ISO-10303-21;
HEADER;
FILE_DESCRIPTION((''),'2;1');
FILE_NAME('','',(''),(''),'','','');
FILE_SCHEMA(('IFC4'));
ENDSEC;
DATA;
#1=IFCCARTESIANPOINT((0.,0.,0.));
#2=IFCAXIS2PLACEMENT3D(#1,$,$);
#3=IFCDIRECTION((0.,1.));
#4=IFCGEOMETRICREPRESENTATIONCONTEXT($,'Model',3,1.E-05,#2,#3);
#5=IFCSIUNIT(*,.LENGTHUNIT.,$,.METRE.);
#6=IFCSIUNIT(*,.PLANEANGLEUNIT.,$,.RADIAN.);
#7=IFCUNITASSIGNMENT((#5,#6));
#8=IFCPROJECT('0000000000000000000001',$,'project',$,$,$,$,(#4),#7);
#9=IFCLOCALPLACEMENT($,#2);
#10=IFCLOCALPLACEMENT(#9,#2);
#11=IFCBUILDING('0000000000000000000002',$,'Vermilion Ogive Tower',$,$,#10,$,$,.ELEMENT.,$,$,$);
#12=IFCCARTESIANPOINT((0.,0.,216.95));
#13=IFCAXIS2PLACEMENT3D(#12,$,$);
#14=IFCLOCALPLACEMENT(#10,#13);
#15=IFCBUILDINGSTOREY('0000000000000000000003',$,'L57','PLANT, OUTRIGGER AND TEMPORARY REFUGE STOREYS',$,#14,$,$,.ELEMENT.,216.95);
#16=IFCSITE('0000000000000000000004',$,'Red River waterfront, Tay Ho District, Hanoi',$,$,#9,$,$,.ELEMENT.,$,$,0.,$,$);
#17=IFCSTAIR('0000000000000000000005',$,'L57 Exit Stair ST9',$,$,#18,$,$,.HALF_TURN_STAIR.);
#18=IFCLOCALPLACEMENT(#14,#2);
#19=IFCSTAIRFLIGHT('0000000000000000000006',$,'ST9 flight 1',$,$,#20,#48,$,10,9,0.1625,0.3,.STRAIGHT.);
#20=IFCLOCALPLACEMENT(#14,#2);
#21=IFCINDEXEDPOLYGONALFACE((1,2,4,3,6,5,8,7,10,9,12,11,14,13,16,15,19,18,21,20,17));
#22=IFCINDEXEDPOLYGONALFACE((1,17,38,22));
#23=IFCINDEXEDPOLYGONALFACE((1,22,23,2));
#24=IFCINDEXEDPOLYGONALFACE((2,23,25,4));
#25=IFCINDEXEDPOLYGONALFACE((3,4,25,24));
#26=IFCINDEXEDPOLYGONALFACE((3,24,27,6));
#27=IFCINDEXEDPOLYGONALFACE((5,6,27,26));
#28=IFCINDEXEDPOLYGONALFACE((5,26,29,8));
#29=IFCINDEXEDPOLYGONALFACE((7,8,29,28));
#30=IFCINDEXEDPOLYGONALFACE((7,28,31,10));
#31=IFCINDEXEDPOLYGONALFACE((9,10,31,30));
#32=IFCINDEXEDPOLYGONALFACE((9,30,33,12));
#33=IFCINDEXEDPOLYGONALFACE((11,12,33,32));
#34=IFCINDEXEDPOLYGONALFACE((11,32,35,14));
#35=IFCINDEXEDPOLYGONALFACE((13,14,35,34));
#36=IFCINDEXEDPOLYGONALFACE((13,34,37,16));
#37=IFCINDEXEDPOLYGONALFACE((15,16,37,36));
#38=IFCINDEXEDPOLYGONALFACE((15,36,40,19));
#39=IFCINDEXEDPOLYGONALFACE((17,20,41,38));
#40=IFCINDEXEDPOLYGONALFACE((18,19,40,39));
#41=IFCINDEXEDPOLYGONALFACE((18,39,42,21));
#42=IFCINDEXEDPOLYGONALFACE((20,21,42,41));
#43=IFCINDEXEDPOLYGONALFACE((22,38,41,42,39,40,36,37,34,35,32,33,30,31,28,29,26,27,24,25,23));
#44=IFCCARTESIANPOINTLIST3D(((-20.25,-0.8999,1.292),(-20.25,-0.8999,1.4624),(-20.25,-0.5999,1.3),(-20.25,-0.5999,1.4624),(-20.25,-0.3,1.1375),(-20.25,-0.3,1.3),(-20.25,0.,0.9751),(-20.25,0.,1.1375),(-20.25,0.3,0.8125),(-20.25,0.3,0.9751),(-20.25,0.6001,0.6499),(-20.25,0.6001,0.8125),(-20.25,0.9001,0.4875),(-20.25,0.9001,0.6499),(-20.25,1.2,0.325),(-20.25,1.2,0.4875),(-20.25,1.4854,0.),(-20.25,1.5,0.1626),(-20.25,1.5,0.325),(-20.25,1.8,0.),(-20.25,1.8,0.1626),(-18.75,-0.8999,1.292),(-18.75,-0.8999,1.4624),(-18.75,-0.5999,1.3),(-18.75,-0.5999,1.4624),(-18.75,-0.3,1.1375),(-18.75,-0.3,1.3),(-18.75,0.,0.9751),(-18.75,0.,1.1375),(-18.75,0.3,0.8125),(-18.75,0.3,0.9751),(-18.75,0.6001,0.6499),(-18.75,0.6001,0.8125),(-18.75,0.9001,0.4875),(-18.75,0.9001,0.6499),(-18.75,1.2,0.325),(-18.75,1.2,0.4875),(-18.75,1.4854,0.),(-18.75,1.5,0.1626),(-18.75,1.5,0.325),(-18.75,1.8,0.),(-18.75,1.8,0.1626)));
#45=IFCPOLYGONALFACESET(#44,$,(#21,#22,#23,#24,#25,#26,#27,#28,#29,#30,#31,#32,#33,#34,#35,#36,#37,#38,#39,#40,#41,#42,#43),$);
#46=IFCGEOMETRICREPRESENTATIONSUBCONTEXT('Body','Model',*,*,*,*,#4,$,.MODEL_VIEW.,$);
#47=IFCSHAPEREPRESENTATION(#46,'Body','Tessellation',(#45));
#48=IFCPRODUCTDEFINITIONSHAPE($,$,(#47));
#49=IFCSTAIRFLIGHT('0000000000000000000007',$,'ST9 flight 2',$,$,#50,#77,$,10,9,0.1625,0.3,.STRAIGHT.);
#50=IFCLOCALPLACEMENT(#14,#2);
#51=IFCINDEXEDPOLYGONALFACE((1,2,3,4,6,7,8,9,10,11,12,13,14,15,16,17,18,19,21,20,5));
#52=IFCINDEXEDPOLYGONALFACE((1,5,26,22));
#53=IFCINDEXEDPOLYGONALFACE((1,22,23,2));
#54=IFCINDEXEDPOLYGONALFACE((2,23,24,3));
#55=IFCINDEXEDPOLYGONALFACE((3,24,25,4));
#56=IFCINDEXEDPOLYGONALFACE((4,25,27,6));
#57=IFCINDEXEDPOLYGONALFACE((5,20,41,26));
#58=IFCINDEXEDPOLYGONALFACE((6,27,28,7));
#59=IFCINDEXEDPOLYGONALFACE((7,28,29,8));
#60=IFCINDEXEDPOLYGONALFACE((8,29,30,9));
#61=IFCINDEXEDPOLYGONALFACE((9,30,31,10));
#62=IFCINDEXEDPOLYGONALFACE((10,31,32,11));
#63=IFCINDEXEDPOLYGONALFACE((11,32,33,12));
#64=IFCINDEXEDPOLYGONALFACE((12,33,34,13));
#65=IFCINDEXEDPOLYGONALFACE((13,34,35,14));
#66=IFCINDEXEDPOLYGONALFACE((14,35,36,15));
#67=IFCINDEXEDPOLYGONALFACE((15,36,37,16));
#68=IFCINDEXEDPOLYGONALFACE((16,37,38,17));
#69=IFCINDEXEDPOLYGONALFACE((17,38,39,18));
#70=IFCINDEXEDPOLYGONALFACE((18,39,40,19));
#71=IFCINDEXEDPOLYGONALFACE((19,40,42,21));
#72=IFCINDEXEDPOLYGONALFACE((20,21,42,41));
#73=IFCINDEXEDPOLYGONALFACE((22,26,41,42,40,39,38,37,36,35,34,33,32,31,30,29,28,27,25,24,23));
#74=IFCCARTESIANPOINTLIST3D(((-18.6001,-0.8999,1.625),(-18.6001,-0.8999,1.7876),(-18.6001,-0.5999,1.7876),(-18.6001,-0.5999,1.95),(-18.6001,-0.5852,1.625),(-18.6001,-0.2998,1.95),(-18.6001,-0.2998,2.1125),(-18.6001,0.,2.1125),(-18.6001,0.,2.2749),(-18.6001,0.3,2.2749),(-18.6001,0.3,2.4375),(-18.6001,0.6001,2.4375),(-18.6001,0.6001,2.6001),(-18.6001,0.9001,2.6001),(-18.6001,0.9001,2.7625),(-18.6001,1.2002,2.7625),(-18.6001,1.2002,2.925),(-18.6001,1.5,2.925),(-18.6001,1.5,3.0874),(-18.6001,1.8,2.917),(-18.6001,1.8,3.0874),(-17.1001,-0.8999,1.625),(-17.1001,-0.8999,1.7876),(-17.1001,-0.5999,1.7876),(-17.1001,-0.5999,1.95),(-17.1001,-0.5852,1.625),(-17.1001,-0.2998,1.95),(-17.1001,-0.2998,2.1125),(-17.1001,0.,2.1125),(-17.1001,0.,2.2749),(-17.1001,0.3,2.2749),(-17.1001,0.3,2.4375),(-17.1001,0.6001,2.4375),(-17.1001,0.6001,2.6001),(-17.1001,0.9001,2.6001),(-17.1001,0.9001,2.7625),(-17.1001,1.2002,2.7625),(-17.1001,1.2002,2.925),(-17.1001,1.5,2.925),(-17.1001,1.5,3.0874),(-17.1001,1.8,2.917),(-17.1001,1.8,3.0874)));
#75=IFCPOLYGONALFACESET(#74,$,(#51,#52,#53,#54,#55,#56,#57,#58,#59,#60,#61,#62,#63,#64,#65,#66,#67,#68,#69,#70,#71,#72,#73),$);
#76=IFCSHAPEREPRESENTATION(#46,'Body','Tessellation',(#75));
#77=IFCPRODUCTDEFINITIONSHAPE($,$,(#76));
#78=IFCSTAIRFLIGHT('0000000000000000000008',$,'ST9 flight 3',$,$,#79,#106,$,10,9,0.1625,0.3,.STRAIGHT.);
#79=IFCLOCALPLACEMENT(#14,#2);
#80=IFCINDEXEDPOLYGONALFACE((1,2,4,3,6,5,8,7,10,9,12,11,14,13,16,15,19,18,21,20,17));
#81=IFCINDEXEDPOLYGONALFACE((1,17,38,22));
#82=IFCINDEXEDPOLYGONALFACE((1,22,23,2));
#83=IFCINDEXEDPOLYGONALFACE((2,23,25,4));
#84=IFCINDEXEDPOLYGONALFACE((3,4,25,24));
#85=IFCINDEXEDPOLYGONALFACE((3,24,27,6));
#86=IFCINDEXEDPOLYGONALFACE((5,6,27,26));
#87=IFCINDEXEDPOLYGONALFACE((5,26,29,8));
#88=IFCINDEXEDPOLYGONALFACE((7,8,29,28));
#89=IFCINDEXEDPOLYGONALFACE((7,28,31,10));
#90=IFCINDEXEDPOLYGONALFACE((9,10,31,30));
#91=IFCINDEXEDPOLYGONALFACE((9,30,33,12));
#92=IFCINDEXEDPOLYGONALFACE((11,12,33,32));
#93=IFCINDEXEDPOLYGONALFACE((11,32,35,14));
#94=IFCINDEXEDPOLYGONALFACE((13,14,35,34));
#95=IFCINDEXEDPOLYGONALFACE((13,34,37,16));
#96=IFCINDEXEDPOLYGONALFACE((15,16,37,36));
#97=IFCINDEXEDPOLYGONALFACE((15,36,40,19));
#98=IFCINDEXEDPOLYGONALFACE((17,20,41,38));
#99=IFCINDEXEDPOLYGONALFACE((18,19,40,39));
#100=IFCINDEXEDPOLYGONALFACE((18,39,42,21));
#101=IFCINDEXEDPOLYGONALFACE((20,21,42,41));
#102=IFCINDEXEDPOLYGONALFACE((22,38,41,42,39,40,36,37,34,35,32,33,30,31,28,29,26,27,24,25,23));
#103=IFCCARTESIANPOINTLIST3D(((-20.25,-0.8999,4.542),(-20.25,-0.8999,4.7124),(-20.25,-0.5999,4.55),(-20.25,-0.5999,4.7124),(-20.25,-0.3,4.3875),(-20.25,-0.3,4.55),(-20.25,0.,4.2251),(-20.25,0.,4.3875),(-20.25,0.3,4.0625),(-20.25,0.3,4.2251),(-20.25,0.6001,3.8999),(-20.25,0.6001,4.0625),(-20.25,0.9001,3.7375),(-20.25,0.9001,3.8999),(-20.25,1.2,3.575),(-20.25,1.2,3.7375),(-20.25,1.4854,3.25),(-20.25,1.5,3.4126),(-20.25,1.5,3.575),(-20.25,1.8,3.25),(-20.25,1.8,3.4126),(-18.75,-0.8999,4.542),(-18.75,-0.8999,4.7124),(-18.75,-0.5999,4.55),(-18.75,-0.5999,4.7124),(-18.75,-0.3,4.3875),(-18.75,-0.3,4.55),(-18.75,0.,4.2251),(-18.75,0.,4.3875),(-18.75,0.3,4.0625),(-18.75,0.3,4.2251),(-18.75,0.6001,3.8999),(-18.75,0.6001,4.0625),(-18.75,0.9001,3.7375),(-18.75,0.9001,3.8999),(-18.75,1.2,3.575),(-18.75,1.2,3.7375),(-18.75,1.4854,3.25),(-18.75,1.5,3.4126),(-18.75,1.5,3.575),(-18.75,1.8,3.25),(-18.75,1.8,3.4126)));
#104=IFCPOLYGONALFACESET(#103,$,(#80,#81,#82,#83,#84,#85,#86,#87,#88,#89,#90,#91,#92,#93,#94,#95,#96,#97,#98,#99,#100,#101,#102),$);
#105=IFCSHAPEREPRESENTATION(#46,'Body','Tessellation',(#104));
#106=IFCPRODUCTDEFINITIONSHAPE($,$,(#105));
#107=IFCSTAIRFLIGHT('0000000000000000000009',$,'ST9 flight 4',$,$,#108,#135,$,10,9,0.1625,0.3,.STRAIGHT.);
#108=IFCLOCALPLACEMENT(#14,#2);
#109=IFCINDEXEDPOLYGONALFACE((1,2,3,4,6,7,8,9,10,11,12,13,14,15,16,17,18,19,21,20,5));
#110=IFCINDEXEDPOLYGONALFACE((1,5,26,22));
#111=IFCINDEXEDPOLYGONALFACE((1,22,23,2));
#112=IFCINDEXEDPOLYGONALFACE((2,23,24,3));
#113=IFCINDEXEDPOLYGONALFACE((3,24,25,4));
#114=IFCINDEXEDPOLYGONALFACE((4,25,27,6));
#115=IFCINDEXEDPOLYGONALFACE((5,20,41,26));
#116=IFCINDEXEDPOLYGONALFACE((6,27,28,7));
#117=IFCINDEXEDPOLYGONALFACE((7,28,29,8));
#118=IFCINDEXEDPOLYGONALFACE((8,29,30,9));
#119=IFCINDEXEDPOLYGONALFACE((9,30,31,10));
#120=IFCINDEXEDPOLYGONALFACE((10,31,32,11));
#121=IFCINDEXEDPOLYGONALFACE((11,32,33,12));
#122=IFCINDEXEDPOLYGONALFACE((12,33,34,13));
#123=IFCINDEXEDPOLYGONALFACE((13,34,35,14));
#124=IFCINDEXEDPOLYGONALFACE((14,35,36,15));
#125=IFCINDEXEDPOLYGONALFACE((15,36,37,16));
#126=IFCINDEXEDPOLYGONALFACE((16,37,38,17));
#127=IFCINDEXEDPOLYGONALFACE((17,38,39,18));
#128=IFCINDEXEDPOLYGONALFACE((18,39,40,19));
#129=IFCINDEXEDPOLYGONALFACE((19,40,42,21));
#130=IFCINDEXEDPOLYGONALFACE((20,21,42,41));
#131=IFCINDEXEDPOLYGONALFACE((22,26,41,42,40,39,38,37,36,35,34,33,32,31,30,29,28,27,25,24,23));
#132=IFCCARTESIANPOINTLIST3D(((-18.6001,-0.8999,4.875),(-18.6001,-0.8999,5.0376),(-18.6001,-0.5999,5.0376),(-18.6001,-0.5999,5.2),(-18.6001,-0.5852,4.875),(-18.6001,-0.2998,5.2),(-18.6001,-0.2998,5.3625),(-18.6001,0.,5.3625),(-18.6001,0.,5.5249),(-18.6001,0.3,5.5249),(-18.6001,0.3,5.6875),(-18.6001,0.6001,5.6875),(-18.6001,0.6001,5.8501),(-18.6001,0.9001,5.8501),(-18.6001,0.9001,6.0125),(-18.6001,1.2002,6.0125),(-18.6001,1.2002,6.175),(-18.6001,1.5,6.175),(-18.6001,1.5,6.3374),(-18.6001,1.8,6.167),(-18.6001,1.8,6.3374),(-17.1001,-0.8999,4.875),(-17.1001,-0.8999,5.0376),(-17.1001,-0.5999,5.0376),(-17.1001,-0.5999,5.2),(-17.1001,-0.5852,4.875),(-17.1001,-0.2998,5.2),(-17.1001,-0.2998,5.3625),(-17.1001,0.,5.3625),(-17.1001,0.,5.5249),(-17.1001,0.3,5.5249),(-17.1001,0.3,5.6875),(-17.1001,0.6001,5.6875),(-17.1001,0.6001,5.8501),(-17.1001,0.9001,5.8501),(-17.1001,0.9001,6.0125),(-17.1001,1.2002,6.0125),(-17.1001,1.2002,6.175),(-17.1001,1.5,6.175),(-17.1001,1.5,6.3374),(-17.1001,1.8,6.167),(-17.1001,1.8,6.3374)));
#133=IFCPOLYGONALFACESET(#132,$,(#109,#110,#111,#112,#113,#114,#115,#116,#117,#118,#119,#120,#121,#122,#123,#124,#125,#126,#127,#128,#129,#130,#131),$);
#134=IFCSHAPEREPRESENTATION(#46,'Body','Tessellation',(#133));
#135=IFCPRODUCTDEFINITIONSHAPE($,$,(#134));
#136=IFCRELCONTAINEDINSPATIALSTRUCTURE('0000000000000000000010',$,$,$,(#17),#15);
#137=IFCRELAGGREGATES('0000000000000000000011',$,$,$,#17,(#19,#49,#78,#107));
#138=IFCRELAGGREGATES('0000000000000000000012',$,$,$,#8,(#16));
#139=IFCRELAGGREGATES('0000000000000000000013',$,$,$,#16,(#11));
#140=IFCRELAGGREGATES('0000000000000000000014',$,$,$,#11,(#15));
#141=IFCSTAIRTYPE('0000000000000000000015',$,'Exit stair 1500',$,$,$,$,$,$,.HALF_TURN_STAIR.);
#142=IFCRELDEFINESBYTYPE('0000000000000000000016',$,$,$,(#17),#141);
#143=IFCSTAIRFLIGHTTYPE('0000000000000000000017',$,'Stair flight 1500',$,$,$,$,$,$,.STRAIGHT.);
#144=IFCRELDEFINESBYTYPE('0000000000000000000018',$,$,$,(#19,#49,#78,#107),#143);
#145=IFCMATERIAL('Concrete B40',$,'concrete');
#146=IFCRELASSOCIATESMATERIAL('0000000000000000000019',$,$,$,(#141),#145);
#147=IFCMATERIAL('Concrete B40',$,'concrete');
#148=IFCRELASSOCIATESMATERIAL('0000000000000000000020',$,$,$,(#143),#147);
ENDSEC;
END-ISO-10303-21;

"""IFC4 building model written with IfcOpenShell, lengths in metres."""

from ifc_helpers import new_model, si_unit, direction, frame, origin, place, context, subcontext, project, spatial, polyline, outline, extrude, material, type_object, element, aggregate, save


model = new_model("IFC4")

# Units and contexts
model_context = context("Model", 3, precision=1e-05, world=origin(), true_north=direction((0.0, 1.0)))
body_context = subcontext(model_context, "Body", "Model", "MODEL_VIEW")
ifc_project = project(units=[si_unit("LENGTHUNIT", "METRE"), si_unit("PLANEANGLEUNIT", "RADIAN")], contexts=[model_context])

# Site, building, storey
site_placement = place(None, origin())
site = spatial("IfcSite", under=ifc_project, at=site_placement, Name="Red River waterfront, Tay Ho District, Hanoi", CompositionType="ELEMENT", RefElevation=0.0)
building_placement = place(site_placement, origin())
building = spatial("IfcBuilding", under=site, at=building_placement, Name="Vermilion Ogive Tower", CompositionType="ELEMENT")
storey_placement = place(building_placement, frame((0.0, 0.0, 216.95)))
storey = spatial("IfcBuildingStorey", under=building, at=storey_placement, Name="L57", Description="PLANT, OUTRIGGER AND TEMPORARY REFUGE STOREYS", CompositionType="ELEMENT", Elevation=216.95)

# Stair, stair flights
ifc_material_1 = material(Name="Concrete B40", Category="concrete")
stair_type = type_object("IfcStairType", Name="Exit stair 1500", PredefinedType="HALF_TURN_STAIR", material=ifc_material_1)
stair_placement = place(storey_placement, origin())
stair = element("IfcStair", 1, at=stair_placement, inside=storey, type_object=stair_type, Name="L57 Exit Stair ST9", PredefinedType="HALF_TURN_STAIR")
ifc_material_2 = material(Name="Concrete B40", Category="concrete")
stair_flight_type = type_object("IfcStairFlightType", Name="Stair flight 1500", PredefinedType="STRAIGHT", material=ifc_material_2)
stair_flight_1_placement = place(storey_placement, frame((-19.5, 1.8, 0.0), z_axis=(0.0, 0.0, 1.0), x_axis=(0.0, -1.0, 0.0)))
stair_flight_1 = element("IfcStairFlight", 2, at=stair_flight_1_placement, type_object=stair_flight_type, Name="ST9 flight 1", NumberOfRisers=10, NumberOfTreads=9, PredefinedType="STRAIGHT", RiserHeight=0.1625, TreadLength=0.3, context=body_context, shape_type="SweptSolid", body=[
    extrude(outline(polyline([(0.0, 0.0), (0.0, 0.1626), (0.3, 0.1626), (0.3, 0.325), (0.6001, 0.325), (0.6001, 0.4875), (0.8999, 0.4875), (0.8999, 0.6499), (1.2, 0.6499), (1.2, 0.8125), (1.5, 0.8125), (1.5, 0.9751), (1.8, 0.9751), (1.8, 1.1375), (2.1001, 1.1375), (2.1001, 1.3), (2.3999, 1.3), (2.3999, 1.4624), (2.7, 1.4624), (2.7, 1.625), (2.7, 1.292), (0.3147, 0.0), (0.0, 0.0)])), frame((0.0, 0.75, 0.0), z_axis=(0.0, -1.0, 0.0), x_axis=(1.0, 0.0, 0.0)), (0.0, 0.0, 1.0), 1.5),
])
stair_flight_2_placement = place(storey_placement, frame((-17.8501, -0.8999, 1.625), z_axis=(0.0, 0.0, 1.0), x_axis=(0.0, 1.0, 0.0)))
stair_flight_2 = element("IfcStairFlight", 3, at=stair_flight_2_placement, type_object=stair_flight_type, Name="ST9 flight 2", NumberOfRisers=10, NumberOfTreads=9, PredefinedType="STRAIGHT", RiserHeight=0.1625, TreadLength=0.3, context=body_context, shape_type="SweptSolid", body=[
    extrude(outline(polyline([(0.0, 0.0), (0.0, 0.1626), (0.3, 0.1626), (0.3, 0.325), (0.6001, 0.325), (0.6001, 0.4875), (0.8999, 0.4875), (0.8999, 0.6499), (1.2, 0.6499), (1.2, 0.8125), (1.5, 0.8125), (1.5, 0.9751), (1.8, 0.9751), (1.8, 1.1375), (2.1001, 1.1375), (2.1001, 1.3), (2.3999, 1.3), (2.3999, 1.4624), (2.7, 1.4624), (2.7, 1.625), (2.7, 1.292), (0.3147, 0.0), (0.0, 0.0)])), frame((0.0, 0.75, 0.0), z_axis=(0.0, -1.0, 0.0), x_axis=(1.0, 0.0, 0.0)), (0.0, 0.0, 1.0), 1.5),
])
stair_flight_3_placement = place(storey_placement, frame((-19.5, 1.8, 3.25), z_axis=(0.0, 0.0, 1.0), x_axis=(0.0, -1.0, 0.0)))
stair_flight_3 = element("IfcStairFlight", 4, at=stair_flight_3_placement, type_object=stair_flight_type, Name="ST9 flight 3", NumberOfRisers=10, NumberOfTreads=9, PredefinedType="STRAIGHT", RiserHeight=0.1625, TreadLength=0.3, context=body_context, shape_type="SweptSolid", body=[
    extrude(outline(polyline([(0.0, 0.0), (0.0, 0.1626), (0.3, 0.1626), (0.3, 0.325), (0.6001, 0.325), (0.6001, 0.4875), (0.8999, 0.4875), (0.8999, 0.6499), (1.2, 0.6499), (1.2, 0.8125), (1.5, 0.8125), (1.5, 0.9751), (1.8, 0.9751), (1.8, 1.1375), (2.1001, 1.1375), (2.1001, 1.3), (2.3999, 1.3), (2.3999, 1.4624), (2.7, 1.4624), (2.7, 1.625), (2.7, 1.292), (0.3147, 0.0), (0.0, 0.0)])), frame((0.0, 0.75, 0.0), z_axis=(0.0, -1.0, 0.0), x_axis=(1.0, 0.0, 0.0)), (0.0, 0.0, 1.0), 1.5),
])
stair_flight_4_placement = place(storey_placement, frame((-17.8501, -0.8999, 4.875), z_axis=(0.0, 0.0, 1.0), x_axis=(0.0, 1.0, 0.0)))
stair_flight_4 = element("IfcStairFlight", 5, at=stair_flight_4_placement, type_object=stair_flight_type, Name="ST9 flight 4", NumberOfRisers=10, NumberOfTreads=9, PredefinedType="STRAIGHT", RiserHeight=0.1625, TreadLength=0.3, context=body_context, shape_type="SweptSolid", body=[
    extrude(outline(polyline([(0.0, 0.0), (0.0, 0.1626), (0.3, 0.1626), (0.3, 0.325), (0.6001, 0.325), (0.6001, 0.4875), (0.8999, 0.4875), (0.8999, 0.6499), (1.2, 0.6499), (1.2, 0.8125), (1.5, 0.8125), (1.5, 0.9751), (1.8, 0.9751), (1.8, 1.1375), (2.1001, 1.1375), (2.1001, 1.3), (2.3999, 1.3), (2.3999, 1.4624), (2.7, 1.4624), (2.7, 1.625), (2.7, 1.292), (0.3147, 0.0), (0.0, 0.0)])), frame((0.0, 0.75, 0.0), z_axis=(0.0, -1.0, 0.0), x_axis=(1.0, 0.0, 0.0)), (0.0, 0.0, 1.0), 1.5),
])
aggregate(stair, [stair_flight_1, stair_flight_2, stair_flight_3, stair_flight_4])

save(model, "model.ifc")
